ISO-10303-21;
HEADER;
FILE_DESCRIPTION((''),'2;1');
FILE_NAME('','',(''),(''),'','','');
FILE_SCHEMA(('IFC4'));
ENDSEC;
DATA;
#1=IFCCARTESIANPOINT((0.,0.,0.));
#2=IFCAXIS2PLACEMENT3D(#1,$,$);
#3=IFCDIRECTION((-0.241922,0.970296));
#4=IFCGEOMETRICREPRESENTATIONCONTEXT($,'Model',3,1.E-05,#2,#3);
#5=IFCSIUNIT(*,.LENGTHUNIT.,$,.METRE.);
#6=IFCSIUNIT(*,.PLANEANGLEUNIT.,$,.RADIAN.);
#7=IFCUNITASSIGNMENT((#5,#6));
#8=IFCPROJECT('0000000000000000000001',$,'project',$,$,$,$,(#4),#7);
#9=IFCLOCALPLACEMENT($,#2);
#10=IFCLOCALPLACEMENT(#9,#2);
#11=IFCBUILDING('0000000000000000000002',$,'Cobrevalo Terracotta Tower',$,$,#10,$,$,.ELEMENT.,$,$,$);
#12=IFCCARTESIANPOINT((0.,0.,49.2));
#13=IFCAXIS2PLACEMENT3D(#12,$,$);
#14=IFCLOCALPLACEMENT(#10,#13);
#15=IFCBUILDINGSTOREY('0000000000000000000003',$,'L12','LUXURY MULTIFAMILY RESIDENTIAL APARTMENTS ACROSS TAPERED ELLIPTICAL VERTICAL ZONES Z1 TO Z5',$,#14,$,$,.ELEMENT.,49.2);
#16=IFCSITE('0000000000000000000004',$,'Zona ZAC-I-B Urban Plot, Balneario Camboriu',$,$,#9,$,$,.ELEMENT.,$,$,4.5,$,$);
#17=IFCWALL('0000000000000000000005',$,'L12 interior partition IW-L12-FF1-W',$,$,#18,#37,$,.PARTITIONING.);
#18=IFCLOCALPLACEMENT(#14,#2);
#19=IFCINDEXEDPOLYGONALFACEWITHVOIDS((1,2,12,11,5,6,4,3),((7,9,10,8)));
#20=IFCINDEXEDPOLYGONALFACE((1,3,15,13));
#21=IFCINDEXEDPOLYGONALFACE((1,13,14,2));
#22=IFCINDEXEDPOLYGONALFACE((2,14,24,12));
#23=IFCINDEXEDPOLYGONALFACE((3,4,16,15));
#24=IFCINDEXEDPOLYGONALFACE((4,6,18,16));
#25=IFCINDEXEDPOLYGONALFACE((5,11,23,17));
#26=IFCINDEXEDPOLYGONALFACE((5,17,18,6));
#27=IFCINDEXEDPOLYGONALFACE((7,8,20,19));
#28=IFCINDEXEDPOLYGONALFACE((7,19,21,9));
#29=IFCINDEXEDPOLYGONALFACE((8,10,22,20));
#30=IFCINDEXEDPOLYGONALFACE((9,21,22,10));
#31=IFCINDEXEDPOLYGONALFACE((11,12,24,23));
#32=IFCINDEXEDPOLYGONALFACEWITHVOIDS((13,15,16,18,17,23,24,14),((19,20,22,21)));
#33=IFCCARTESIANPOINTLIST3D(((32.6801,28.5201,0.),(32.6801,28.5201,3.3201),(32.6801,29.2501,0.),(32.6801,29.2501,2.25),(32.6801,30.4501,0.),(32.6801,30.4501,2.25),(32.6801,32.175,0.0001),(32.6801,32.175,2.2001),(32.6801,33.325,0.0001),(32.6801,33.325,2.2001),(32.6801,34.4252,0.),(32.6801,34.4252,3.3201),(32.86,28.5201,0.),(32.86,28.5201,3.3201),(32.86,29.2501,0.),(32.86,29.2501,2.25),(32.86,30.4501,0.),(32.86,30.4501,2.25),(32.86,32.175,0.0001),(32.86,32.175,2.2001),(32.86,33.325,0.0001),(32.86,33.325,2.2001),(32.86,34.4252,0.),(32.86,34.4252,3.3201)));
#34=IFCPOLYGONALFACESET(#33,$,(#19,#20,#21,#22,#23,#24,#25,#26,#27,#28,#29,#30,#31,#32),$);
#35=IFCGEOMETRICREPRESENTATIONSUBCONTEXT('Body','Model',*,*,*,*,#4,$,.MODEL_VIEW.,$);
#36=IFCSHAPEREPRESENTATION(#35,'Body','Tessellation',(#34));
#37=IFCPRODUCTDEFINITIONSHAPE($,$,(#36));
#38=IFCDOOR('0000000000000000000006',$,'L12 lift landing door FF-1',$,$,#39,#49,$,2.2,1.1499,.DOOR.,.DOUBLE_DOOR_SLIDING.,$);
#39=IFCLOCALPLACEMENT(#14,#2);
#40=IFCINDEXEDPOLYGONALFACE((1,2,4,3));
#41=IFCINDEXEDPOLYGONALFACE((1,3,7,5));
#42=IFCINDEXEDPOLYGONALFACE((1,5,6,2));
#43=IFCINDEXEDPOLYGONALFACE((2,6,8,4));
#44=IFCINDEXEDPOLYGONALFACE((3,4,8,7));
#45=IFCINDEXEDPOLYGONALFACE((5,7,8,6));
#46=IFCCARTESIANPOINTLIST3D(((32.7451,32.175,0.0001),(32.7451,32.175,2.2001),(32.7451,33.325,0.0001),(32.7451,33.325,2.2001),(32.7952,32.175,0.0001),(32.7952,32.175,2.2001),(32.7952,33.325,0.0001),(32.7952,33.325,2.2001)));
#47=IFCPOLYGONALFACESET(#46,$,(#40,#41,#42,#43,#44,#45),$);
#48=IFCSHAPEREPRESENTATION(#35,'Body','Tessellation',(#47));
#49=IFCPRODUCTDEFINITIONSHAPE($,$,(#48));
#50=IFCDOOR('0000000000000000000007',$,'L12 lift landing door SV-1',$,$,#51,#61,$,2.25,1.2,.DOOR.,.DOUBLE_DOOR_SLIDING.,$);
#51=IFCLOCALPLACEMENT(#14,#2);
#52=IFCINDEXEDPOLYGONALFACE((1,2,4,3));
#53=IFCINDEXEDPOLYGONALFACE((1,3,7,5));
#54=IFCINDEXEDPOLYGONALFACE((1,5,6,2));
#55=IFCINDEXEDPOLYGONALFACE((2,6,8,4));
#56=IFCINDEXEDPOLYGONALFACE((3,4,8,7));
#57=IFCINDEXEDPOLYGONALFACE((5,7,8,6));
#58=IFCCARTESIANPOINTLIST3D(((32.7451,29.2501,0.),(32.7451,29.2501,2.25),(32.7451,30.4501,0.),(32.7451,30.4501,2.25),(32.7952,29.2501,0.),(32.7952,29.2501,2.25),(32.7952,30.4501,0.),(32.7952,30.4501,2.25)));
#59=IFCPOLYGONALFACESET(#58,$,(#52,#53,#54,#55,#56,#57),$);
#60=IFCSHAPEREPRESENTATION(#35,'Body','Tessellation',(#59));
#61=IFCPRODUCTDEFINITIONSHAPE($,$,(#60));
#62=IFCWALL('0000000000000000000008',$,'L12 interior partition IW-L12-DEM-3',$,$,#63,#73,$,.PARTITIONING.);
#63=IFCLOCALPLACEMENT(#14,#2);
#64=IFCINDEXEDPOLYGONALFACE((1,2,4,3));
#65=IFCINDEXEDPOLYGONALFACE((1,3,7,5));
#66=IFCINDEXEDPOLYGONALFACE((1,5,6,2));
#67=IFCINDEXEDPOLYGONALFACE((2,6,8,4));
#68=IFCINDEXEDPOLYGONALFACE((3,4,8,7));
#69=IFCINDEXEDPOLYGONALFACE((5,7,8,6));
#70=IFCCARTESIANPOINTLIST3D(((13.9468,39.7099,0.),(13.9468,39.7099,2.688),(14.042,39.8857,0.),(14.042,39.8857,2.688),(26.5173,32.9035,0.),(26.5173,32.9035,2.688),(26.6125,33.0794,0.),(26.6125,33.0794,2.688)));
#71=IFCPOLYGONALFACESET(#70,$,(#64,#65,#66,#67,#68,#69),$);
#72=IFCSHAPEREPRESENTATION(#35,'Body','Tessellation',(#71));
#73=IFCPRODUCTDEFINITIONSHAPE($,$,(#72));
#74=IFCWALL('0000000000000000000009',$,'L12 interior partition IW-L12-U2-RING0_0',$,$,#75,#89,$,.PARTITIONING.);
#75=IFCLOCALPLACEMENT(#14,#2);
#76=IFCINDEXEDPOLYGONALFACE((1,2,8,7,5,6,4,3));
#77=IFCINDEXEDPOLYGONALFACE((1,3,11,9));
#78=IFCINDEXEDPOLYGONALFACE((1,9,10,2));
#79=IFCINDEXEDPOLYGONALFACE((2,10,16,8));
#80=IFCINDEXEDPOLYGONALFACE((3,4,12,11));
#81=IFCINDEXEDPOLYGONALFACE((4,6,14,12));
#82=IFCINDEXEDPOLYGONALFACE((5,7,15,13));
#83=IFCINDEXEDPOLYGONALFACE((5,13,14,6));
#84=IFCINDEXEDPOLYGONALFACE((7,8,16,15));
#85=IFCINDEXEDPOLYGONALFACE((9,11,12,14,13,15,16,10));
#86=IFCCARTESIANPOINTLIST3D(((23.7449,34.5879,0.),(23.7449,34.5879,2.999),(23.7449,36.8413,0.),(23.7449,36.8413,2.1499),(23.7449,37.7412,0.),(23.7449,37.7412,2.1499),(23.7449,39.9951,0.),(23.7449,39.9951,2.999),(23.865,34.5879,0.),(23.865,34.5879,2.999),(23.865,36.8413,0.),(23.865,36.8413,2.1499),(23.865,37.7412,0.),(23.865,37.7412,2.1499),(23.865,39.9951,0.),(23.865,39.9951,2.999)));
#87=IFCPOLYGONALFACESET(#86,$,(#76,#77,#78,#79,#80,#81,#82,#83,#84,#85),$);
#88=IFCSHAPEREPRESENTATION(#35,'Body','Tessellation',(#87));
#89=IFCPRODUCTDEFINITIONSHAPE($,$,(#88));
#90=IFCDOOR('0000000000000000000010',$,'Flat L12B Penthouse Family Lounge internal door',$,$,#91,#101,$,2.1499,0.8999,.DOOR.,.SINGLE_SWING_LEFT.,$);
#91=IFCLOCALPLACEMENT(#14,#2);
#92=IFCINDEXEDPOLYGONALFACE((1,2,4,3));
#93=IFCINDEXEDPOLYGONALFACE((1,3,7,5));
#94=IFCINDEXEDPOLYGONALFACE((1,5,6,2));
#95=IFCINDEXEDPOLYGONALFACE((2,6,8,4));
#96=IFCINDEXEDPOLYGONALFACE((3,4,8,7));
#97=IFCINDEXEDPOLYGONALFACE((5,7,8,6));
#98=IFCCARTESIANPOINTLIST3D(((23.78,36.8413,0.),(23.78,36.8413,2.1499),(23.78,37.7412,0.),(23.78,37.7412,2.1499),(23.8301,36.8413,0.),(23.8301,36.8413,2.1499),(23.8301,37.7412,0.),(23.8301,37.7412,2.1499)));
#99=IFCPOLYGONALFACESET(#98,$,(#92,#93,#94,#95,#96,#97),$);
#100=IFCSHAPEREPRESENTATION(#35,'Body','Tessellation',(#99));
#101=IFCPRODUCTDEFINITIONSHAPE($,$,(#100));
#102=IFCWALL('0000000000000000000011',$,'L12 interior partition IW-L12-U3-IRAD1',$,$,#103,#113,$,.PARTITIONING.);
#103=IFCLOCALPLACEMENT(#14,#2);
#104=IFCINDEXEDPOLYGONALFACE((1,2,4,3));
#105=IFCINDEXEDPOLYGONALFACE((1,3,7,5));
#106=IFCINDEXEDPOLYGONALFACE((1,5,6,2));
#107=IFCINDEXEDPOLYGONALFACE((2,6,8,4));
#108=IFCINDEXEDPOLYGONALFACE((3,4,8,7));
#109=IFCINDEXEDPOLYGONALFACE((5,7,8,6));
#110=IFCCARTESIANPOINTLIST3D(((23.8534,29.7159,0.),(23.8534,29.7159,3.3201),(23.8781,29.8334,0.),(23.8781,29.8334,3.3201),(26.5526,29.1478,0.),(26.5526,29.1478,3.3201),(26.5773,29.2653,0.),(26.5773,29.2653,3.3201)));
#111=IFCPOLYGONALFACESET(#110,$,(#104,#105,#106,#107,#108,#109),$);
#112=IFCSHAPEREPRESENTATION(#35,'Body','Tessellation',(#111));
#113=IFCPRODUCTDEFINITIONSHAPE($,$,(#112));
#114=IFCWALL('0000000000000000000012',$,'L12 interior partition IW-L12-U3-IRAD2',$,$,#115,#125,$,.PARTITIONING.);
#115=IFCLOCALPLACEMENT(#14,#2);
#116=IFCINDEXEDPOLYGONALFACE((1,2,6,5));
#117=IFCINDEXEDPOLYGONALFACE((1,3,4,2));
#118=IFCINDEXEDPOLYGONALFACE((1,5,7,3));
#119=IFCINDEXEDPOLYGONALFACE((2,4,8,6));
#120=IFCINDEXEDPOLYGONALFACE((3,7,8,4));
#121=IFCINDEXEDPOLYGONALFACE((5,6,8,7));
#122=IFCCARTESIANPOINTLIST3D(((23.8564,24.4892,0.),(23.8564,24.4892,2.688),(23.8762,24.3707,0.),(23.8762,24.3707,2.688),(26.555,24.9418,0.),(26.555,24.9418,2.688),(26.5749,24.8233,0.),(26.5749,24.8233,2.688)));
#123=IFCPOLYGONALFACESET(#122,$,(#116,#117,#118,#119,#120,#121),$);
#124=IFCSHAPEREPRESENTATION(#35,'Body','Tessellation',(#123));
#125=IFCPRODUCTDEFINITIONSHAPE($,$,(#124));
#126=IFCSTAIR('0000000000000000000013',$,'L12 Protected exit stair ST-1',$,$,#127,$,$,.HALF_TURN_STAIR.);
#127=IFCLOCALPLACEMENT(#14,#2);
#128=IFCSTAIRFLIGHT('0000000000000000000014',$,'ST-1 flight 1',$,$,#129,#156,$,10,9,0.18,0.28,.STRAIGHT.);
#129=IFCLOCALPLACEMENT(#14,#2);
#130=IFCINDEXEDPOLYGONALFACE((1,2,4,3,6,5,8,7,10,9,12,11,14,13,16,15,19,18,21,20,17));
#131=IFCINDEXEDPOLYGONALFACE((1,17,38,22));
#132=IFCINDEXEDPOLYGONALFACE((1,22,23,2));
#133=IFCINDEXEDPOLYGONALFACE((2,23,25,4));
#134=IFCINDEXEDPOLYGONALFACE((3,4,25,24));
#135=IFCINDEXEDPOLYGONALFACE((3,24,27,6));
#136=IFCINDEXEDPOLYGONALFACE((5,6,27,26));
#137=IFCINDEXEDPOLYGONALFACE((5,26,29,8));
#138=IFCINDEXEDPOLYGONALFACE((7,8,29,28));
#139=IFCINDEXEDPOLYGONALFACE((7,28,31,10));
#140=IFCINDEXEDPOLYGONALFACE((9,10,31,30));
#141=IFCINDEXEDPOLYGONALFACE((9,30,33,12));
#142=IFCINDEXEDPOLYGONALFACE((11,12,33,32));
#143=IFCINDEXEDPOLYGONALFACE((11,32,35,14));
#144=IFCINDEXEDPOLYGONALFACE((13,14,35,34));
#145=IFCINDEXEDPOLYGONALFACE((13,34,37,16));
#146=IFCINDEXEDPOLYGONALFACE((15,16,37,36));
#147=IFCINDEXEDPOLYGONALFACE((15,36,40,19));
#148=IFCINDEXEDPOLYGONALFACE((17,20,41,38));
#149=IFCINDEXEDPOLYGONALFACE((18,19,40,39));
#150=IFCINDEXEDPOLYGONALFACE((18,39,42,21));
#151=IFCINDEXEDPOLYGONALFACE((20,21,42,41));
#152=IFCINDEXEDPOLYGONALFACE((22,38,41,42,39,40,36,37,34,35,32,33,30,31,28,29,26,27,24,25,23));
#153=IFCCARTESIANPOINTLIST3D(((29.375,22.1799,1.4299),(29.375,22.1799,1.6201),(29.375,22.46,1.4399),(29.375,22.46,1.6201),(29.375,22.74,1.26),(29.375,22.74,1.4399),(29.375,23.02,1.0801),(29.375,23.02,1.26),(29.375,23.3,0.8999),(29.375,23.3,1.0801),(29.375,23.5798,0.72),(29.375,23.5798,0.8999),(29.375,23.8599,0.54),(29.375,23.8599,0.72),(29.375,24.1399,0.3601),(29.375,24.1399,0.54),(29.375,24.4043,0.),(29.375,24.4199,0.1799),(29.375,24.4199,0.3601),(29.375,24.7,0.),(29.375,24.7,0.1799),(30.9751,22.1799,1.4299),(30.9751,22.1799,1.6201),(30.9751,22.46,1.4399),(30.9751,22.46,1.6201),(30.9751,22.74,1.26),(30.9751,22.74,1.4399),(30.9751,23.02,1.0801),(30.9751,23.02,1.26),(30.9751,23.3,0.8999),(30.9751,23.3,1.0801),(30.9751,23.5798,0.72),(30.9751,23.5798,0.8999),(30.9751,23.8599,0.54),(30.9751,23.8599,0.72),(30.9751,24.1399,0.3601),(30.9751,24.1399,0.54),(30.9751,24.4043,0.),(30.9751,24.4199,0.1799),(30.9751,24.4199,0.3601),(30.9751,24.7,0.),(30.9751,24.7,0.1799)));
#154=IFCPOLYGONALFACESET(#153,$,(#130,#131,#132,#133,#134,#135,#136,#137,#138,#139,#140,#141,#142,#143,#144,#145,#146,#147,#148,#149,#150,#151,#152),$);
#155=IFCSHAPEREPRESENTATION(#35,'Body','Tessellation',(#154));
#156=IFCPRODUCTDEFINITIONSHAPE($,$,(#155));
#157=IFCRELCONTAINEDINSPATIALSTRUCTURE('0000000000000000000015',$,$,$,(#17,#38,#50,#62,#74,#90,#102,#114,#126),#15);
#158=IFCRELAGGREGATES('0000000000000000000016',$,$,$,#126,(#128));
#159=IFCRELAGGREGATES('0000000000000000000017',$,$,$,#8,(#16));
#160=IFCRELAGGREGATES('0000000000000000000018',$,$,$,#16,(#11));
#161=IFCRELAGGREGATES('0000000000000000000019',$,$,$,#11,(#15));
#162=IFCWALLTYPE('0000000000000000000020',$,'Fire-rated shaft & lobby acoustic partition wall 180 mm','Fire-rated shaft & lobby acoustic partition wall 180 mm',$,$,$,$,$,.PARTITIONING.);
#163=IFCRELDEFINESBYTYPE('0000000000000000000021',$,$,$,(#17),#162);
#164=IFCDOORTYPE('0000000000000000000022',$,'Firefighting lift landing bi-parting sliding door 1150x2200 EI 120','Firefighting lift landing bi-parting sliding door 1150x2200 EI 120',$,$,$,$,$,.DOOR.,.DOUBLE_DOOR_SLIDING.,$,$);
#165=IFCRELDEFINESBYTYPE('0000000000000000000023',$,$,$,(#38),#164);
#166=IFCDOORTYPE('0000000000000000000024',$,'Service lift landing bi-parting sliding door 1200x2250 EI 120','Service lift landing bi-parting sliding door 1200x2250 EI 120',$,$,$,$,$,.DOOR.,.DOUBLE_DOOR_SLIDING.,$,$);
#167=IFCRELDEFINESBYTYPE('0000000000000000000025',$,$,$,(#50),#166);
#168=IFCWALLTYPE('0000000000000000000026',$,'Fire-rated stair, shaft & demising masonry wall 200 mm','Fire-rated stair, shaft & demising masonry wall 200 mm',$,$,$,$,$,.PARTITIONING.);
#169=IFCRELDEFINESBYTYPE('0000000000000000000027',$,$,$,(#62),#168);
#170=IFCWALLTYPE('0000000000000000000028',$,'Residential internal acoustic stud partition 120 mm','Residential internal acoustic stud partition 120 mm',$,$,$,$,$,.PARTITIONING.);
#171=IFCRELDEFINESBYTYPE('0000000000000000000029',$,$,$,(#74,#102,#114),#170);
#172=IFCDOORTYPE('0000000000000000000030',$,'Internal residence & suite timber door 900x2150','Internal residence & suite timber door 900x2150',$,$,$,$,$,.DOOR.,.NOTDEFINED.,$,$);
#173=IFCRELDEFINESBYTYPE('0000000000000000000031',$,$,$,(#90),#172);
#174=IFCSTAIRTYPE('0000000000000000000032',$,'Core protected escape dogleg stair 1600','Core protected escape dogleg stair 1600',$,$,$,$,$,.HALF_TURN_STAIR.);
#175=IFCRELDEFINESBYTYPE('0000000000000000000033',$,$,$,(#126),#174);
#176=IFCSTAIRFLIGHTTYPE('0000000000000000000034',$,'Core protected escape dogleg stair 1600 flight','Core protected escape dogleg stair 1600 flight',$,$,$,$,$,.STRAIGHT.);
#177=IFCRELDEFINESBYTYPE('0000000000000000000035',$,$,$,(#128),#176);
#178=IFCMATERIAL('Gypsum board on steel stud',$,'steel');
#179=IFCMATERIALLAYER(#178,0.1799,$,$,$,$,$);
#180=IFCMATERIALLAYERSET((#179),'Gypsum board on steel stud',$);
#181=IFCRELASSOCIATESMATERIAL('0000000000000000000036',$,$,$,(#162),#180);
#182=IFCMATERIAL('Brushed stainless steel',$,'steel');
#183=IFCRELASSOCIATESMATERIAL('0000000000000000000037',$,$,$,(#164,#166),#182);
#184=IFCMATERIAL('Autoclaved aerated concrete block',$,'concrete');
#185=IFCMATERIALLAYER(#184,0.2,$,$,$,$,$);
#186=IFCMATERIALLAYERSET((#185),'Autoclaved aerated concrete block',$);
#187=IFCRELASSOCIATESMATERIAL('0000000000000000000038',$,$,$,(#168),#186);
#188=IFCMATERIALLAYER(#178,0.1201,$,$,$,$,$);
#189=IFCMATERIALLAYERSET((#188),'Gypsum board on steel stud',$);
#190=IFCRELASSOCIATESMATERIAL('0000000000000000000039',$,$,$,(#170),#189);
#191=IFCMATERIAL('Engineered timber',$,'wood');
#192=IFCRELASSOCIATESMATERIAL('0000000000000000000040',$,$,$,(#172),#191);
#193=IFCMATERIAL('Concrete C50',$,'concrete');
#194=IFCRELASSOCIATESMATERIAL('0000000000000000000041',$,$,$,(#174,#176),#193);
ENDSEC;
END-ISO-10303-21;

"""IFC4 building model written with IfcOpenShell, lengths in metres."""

from ifc_helpers import new_model, si_unit, direction, frame, frame_2d, origin, place, context, subcontext, project, spatial, polyline, rectangle, outline, extrude, source, transform, mapped, material, layer, layer_set, type_object, element, fill, aggregate, save


model = new_model("IFC4")

# Units and contexts
model_context = context("Model", 3, precision=1e-05, world=origin(), true_north=direction((-0.241922, 0.970296)))
body_context = subcontext(model_context, "Body", "Model", "MODEL_VIEW")
ifc_project = project(units=[si_unit("LENGTHUNIT", "METRE"), si_unit("PLANEANGLEUNIT", "RADIAN")], contexts=[model_context])

# Site, building, storey
site_placement = place(None, origin())
site = spatial("IfcSite", under=ifc_project, at=site_placement, Name="Zona ZAC-I-B Urban Plot, Balneario Camboriu", CompositionType="ELEMENT", RefElevation=4.5)
building_placement = place(site_placement, origin())
building = spatial("IfcBuilding", under=site, at=building_placement, Name="Cobrevalo Terracotta Tower", CompositionType="ELEMENT")
storey_placement = place(building_placement, frame((0.0, 0.0, 49.2)))
storey = spatial("IfcBuildingStorey", under=building, at=storey_placement, Name="L12", Description="LUXURY MULTIFAMILY RESIDENTIAL APARTMENTS ACROSS TAPERED ELLIPTICAL VERTICAL ZONES Z1 TO Z5", CompositionType="ELEMENT", Elevation=49.2)

# Shared definitions
ifc_material_1 = material(Name="Gypsum board on steel stud", Category="steel")

# Shared definitions
ifc_layer_1 = layer(ifc_material_1, 0.1799)
ifc_layer_set_1 = layer_set([ifc_layer_1], Name="Gypsum board on steel stud")
wall_type_1 = type_object("IfcWallType", Name="Fire-rated shaft & lobby acoustic partition wall 180 mm", Description="Fire-rated shaft & lobby acoustic partition wall 180 mm", PredefinedType="PARTITIONING", material=ifc_layer_set_1)

# Wall, openings, doors
wall_1_placement = place(storey_placement, frame((32.77, 28.52, 0.0), z_axis=(0.0, 0.0, 1.0), x_axis=(0.0, 1.0, 0.0)))
wall_1 = element("IfcWall", 1, at=wall_1_placement, inside=storey, type_object=wall_type_1, Name="L12 interior partition IW-L12-FF1-W", PredefinedType="PARTITIONING", context=body_context, shape_type="SweptSolid", body=[
    extrude(rectangle(XDim=5.905, YDim=0.1799, at=frame_2d((2.9526, 0.0))), origin(), (0.0, 0.0, 1.0), 3.3201),
])
opening_1_placement = place(wall_1_placement, frame((3.655, 0.0, 0.0)))
opening_1 = element("IfcOpeningElement", 2, at=opening_1_placement, cuts=wall_1, PredefinedType="OPENING", context=body_context, shape_type="SweptSolid", body=[
    extrude(rectangle(XDim=1.1499, YDim=2.2, at=frame_2d((0.575, 1.1001))), frame((0.0, 0.1001, 0.0), z_axis=(0.0, -1.0, 0.0), x_axis=(1.0, 0.0, 0.0)), (0.0, 0.0, 1.0), 0.2),
])
opening_2_placement = place(wall_1_placement, frame((0.73, 0.0, 0.0)))
opening_2 = element("IfcOpeningElement", 3, at=opening_2_placement, cuts=wall_1, PredefinedType="OPENING", context=body_context, shape_type="SweptSolid", body=[
    extrude(rectangle(XDim=1.2, YDim=2.25, at=frame_2d((0.6001, 1.125))), frame((0.0, 0.1001, 0.0), z_axis=(0.0, -1.0, 0.0), x_axis=(1.0, 0.0, 0.0)), (0.0, 0.0, 1.0), 0.2),
])
ifc_material_2 = material(Name="Brushed stainless steel", Category="steel")
door_type_1 = type_object("IfcDoorType", Name="Firefighting lift landing bi-parting sliding door 1150x2200 EI 120", Description="Firefighting lift landing bi-parting sliding door 1150x2200 EI 120", OperationType="DOUBLE_DOOR_SLIDING", PredefinedType="DOOR", material=ifc_material_2)
shared_shape_1 = source(origin(), body_context, "Body", "SweptSolid", [
    extrude(rectangle(XDim=1.1499, YDim=2.2, at=frame_2d((0.575, 1.1001))), frame((0.0, 0.0249, 0.0), z_axis=(0.0, -1.0, 0.0), x_axis=(1.0, 0.0, 0.0)), (0.0, 0.0, 1.0), 0.05),
])
door_1_placement = place(opening_1_placement, origin())
door_1 = element("IfcDoor", 4, at=door_1_placement, inside=storey, type_object=door_type_1, Name="L12 lift landing door FF-1", OperationType="DOUBLE_DOOR_SLIDING", OverallHeight=2.2, OverallWidth=1.1499, PredefinedType="DOOR", context=body_context, shape_type="MappedRepresentation", body=[
    mapped(shared_shape_1, transform((0.0, 0.0, 0.0), scale=1.0)),
])
fill(opening_1, door_1)
door_type_2 = type_object("IfcDoorType", Name="Service lift landing bi-parting sliding door 1200x2250 EI 120", Description="Service lift landing bi-parting sliding door 1200x2250 EI 120", OperationType="DOUBLE_DOOR_SLIDING", PredefinedType="DOOR", material=ifc_material_2)
shared_shape_2 = source(origin(), body_context, "Body", "SweptSolid", [
    extrude(rectangle(XDim=1.2, YDim=2.25, at=frame_2d((0.6001, 1.125))), frame((0.0, 0.0249, 0.0), z_axis=(0.0, -1.0, 0.0), x_axis=(1.0, 0.0, 0.0)), (0.0, 0.0, 1.0), 0.05),
])
door_2_placement = place(opening_2_placement, origin())
door_2 = element("IfcDoor", 5, at=door_2_placement, inside=storey, type_object=door_type_2, Name="L12 lift landing door SV-1", OperationType="DOUBLE_DOOR_SLIDING", OverallHeight=2.25, OverallWidth=1.2, PredefinedType="DOOR", context=body_context, shape_type="MappedRepresentation", body=[
    mapped(shared_shape_2, transform((0.0, 0.0, 0.0), scale=1.0)),
])
fill(opening_2, door_2)

# Wall
ifc_material_3 = material(Name="Autoclaved aerated concrete block", Category="concrete")
ifc_layer_2 = layer(ifc_material_3, 0.2)
ifc_layer_set_2 = layer_set([ifc_layer_2], Name="Autoclaved aerated concrete block")
wall_type_2 = type_object("IfcWallType", Name="Fire-rated stair, shaft & demising masonry wall 200 mm", Description="Fire-rated stair, shaft & demising masonry wall 200 mm", PredefinedType="PARTITIONING", material=ifc_layer_set_2)
wall_2_placement = place(storey_placement, frame((26.5649, 32.9915, 0.0), z_axis=(0.0, 0.0, 1.0), x_axis=(-0.87937, 0.47614, 0.0)))
element("IfcWall", 6, at=wall_2_placement, inside=storey, type_object=wall_type_2, Name="L12 interior partition IW-L12-DEM-3", PredefinedType="PARTITIONING", context=body_context, shape_type="SweptSolid", body=[
    extrude(rectangle(XDim=14.2949, YDim=0.2, at=frame_2d((7.1475, 0.0))), origin(), (0.0, 0.0, 1.0), 2.688),
])

# Wall, opening, door
ifc_layer_3 = layer(ifc_material_1, 0.1201)
ifc_layer_set_3 = layer_set([ifc_layer_3], Name="Gypsum board on steel stud")
wall_type_3 = type_object("IfcWallType", Name="Residential internal acoustic stud partition 120 mm", Description="Residential internal acoustic stud partition 120 mm", PredefinedType="PARTITIONING", material=ifc_layer_set_3)
wall_3_placement = place(storey_placement, frame((23.8049, 34.5879, 0.0), z_axis=(0.0, 0.0, 1.0), x_axis=(0.0, 1.0, 0.0)))
wall_3 = element("IfcWall", 7, at=wall_3_placement, inside=storey, type_object=wall_type_3, Name="L12 interior partition IW-L12-U2-RING0_0", PredefinedType="PARTITIONING", context=body_context, shape_type="SweptSolid", body=[
    extrude(rectangle(XDim=5.4072, YDim=0.1201, at=frame_2d((2.7036, 0.0))), origin(), (0.0, 0.0, 1.0), 2.999),
])
opening_3_placement = place(wall_3_placement, frame((2.2534, 0.0, 0.0)))
opening_3 = element("IfcOpeningElement", 8, at=opening_3_placement, cuts=wall_3, PredefinedType="OPENING", context=body_context, shape_type="SweptSolid", body=[
    extrude(rectangle(XDim=0.8999, YDim=2.1499, at=frame_2d((0.45, 1.075))), frame((0.0, 0.0701, 0.0), z_axis=(0.0, -1.0, 0.0), x_axis=(1.0, 0.0, 0.0)), (0.0, 0.0, 1.0), 0.1401),
])
ifc_material_4 = material(Name="Engineered timber", Category="wood")
door_type_3 = type_object("IfcDoorType", Name="Internal residence & suite timber door 900x2150", Description="Internal residence & suite timber door 900x2150", OperationType="NOTDEFINED", PredefinedType="DOOR", material=ifc_material_4)
shared_shape_3 = source(origin(), body_context, "Body", "SweptSolid", [
    extrude(rectangle(XDim=0.8999, YDim=2.1499, at=frame_2d((0.45, 1.075))), frame((0.0, 0.0249, 0.0), z_axis=(0.0, -1.0, 0.0), x_axis=(1.0, 0.0, 0.0)), (0.0, 0.0, 1.0), 0.05),
])
door_3_placement = place(opening_3_placement, origin())
door_3 = element("IfcDoor", 9, at=door_3_placement, inside=storey, type_object=door_type_3, Name="Flat L12B Penthouse Family Lounge internal door", OperationType="SINGLE_SWING_LEFT", OverallHeight=2.1499, OverallWidth=0.8999, PredefinedType="DOOR", context=body_context, shape_type="MappedRepresentation", body=[
    mapped(shared_shape_3, transform((0.0, 0.0, 0.0), scale=1.0)),
])
fill(opening_3, door_3)

# Walls
wall_4_placement = place(storey_placement, frame((26.5649, 29.2065, 0.0), z_axis=(0.0, 0.0, 1.0), x_axis=(-0.97856, 0.205961, 0.0)))
element("IfcWall", 10, at=wall_4_placement, inside=storey, type_object=wall_type_3, Name="L12 interior partition IW-L12-U3-IRAD1", PredefinedType="PARTITIONING", context=body_context, shape_type="SweptSolid", body=[
    extrude(rectangle(XDim=2.7583, YDim=0.1201, at=frame_2d((1.3792, 0.0))), origin(), (0.0, 0.0, 1.0), 3.3201),
])
wall_5_placement = place(storey_placement, frame((26.5649, 24.8826, 0.0), z_axis=(0.0, 0.0, 1.0), x_axis=(-0.986225, -0.165412, 0.0)))
element("IfcWall", 11, at=wall_5_placement, inside=storey, type_object=wall_type_3, Name="L12 interior partition IW-L12-U3-IRAD2", PredefinedType="PARTITIONING", context=body_context, shape_type="SweptSolid", body=[
    extrude(rectangle(XDim=2.7363, YDim=0.1201, at=frame_2d((1.3682, 0.0))), origin(), (0.0, 0.0, 1.0), 2.688),
])

# Shared definitions
ifc_material_5 = material(Name="Concrete C50", Category="concrete")

# Stair, stair flight
stair_type = type_object("IfcStairType", Name="Core protected escape dogleg stair 1600", Description="Core protected escape dogleg stair 1600", PredefinedType="HALF_TURN_STAIR", material=ifc_material_5)
stair_placement = place(storey_placement, origin())
stair = element("IfcStair", 12, at=stair_placement, inside=storey, type_object=stair_type, Name="L12 Protected exit stair ST-1", PredefinedType="HALF_TURN_STAIR")
stair_flight_type = type_object("IfcStairFlightType", Name="Core protected escape dogleg stair 1600 flight", Description="Core protected escape dogleg stair 1600 flight", PredefinedType="STRAIGHT", material=ifc_material_5)
stair_flight_placement = place(storey_placement, frame((30.175, 24.7, 0.0), z_axis=(0.0, 0.0, 1.0), x_axis=(0.0, -1.0, 0.0)))
stair_flight = element("IfcStairFlight", 13, at=stair_flight_placement, type_object=stair_flight_type, Name="ST-1 flight 1", NumberOfRisers=10, NumberOfTreads=9, PredefinedType="STRAIGHT", RiserHeight=0.18, TreadLength=0.28, context=body_context, shape_type="SweptSolid", body=[
    extrude(outline(polyline([(0.0, 0.0), (0.0, 0.1799), (0.28, 0.1799), (0.28, 0.3601), (0.5601, 0.3601), (0.5601, 0.54), (0.8401, 0.54), (0.8401, 0.72), (1.1201, 0.72), (1.1201, 0.8999), (1.3999, 0.8999), (1.3999, 1.0801), (1.6799, 1.0801), (1.6799, 1.26), (1.96, 1.26), (1.96, 1.4399), (2.24, 1.4399), (2.24, 1.6201), (2.52, 1.6201), (2.52, 1.8), (2.52, 1.4299), (0.2957, 0.0), (0.0, 0.0)])), frame((0.0, 0.8, 0.0), z_axis=(0.0, -1.0, 0.0), x_axis=(1.0, 0.0, 0.0)), (0.0, 0.0, 1.0), 1.6001),
])
aggregate(stair, [stair_flight])

save(model, "model.ifc")
